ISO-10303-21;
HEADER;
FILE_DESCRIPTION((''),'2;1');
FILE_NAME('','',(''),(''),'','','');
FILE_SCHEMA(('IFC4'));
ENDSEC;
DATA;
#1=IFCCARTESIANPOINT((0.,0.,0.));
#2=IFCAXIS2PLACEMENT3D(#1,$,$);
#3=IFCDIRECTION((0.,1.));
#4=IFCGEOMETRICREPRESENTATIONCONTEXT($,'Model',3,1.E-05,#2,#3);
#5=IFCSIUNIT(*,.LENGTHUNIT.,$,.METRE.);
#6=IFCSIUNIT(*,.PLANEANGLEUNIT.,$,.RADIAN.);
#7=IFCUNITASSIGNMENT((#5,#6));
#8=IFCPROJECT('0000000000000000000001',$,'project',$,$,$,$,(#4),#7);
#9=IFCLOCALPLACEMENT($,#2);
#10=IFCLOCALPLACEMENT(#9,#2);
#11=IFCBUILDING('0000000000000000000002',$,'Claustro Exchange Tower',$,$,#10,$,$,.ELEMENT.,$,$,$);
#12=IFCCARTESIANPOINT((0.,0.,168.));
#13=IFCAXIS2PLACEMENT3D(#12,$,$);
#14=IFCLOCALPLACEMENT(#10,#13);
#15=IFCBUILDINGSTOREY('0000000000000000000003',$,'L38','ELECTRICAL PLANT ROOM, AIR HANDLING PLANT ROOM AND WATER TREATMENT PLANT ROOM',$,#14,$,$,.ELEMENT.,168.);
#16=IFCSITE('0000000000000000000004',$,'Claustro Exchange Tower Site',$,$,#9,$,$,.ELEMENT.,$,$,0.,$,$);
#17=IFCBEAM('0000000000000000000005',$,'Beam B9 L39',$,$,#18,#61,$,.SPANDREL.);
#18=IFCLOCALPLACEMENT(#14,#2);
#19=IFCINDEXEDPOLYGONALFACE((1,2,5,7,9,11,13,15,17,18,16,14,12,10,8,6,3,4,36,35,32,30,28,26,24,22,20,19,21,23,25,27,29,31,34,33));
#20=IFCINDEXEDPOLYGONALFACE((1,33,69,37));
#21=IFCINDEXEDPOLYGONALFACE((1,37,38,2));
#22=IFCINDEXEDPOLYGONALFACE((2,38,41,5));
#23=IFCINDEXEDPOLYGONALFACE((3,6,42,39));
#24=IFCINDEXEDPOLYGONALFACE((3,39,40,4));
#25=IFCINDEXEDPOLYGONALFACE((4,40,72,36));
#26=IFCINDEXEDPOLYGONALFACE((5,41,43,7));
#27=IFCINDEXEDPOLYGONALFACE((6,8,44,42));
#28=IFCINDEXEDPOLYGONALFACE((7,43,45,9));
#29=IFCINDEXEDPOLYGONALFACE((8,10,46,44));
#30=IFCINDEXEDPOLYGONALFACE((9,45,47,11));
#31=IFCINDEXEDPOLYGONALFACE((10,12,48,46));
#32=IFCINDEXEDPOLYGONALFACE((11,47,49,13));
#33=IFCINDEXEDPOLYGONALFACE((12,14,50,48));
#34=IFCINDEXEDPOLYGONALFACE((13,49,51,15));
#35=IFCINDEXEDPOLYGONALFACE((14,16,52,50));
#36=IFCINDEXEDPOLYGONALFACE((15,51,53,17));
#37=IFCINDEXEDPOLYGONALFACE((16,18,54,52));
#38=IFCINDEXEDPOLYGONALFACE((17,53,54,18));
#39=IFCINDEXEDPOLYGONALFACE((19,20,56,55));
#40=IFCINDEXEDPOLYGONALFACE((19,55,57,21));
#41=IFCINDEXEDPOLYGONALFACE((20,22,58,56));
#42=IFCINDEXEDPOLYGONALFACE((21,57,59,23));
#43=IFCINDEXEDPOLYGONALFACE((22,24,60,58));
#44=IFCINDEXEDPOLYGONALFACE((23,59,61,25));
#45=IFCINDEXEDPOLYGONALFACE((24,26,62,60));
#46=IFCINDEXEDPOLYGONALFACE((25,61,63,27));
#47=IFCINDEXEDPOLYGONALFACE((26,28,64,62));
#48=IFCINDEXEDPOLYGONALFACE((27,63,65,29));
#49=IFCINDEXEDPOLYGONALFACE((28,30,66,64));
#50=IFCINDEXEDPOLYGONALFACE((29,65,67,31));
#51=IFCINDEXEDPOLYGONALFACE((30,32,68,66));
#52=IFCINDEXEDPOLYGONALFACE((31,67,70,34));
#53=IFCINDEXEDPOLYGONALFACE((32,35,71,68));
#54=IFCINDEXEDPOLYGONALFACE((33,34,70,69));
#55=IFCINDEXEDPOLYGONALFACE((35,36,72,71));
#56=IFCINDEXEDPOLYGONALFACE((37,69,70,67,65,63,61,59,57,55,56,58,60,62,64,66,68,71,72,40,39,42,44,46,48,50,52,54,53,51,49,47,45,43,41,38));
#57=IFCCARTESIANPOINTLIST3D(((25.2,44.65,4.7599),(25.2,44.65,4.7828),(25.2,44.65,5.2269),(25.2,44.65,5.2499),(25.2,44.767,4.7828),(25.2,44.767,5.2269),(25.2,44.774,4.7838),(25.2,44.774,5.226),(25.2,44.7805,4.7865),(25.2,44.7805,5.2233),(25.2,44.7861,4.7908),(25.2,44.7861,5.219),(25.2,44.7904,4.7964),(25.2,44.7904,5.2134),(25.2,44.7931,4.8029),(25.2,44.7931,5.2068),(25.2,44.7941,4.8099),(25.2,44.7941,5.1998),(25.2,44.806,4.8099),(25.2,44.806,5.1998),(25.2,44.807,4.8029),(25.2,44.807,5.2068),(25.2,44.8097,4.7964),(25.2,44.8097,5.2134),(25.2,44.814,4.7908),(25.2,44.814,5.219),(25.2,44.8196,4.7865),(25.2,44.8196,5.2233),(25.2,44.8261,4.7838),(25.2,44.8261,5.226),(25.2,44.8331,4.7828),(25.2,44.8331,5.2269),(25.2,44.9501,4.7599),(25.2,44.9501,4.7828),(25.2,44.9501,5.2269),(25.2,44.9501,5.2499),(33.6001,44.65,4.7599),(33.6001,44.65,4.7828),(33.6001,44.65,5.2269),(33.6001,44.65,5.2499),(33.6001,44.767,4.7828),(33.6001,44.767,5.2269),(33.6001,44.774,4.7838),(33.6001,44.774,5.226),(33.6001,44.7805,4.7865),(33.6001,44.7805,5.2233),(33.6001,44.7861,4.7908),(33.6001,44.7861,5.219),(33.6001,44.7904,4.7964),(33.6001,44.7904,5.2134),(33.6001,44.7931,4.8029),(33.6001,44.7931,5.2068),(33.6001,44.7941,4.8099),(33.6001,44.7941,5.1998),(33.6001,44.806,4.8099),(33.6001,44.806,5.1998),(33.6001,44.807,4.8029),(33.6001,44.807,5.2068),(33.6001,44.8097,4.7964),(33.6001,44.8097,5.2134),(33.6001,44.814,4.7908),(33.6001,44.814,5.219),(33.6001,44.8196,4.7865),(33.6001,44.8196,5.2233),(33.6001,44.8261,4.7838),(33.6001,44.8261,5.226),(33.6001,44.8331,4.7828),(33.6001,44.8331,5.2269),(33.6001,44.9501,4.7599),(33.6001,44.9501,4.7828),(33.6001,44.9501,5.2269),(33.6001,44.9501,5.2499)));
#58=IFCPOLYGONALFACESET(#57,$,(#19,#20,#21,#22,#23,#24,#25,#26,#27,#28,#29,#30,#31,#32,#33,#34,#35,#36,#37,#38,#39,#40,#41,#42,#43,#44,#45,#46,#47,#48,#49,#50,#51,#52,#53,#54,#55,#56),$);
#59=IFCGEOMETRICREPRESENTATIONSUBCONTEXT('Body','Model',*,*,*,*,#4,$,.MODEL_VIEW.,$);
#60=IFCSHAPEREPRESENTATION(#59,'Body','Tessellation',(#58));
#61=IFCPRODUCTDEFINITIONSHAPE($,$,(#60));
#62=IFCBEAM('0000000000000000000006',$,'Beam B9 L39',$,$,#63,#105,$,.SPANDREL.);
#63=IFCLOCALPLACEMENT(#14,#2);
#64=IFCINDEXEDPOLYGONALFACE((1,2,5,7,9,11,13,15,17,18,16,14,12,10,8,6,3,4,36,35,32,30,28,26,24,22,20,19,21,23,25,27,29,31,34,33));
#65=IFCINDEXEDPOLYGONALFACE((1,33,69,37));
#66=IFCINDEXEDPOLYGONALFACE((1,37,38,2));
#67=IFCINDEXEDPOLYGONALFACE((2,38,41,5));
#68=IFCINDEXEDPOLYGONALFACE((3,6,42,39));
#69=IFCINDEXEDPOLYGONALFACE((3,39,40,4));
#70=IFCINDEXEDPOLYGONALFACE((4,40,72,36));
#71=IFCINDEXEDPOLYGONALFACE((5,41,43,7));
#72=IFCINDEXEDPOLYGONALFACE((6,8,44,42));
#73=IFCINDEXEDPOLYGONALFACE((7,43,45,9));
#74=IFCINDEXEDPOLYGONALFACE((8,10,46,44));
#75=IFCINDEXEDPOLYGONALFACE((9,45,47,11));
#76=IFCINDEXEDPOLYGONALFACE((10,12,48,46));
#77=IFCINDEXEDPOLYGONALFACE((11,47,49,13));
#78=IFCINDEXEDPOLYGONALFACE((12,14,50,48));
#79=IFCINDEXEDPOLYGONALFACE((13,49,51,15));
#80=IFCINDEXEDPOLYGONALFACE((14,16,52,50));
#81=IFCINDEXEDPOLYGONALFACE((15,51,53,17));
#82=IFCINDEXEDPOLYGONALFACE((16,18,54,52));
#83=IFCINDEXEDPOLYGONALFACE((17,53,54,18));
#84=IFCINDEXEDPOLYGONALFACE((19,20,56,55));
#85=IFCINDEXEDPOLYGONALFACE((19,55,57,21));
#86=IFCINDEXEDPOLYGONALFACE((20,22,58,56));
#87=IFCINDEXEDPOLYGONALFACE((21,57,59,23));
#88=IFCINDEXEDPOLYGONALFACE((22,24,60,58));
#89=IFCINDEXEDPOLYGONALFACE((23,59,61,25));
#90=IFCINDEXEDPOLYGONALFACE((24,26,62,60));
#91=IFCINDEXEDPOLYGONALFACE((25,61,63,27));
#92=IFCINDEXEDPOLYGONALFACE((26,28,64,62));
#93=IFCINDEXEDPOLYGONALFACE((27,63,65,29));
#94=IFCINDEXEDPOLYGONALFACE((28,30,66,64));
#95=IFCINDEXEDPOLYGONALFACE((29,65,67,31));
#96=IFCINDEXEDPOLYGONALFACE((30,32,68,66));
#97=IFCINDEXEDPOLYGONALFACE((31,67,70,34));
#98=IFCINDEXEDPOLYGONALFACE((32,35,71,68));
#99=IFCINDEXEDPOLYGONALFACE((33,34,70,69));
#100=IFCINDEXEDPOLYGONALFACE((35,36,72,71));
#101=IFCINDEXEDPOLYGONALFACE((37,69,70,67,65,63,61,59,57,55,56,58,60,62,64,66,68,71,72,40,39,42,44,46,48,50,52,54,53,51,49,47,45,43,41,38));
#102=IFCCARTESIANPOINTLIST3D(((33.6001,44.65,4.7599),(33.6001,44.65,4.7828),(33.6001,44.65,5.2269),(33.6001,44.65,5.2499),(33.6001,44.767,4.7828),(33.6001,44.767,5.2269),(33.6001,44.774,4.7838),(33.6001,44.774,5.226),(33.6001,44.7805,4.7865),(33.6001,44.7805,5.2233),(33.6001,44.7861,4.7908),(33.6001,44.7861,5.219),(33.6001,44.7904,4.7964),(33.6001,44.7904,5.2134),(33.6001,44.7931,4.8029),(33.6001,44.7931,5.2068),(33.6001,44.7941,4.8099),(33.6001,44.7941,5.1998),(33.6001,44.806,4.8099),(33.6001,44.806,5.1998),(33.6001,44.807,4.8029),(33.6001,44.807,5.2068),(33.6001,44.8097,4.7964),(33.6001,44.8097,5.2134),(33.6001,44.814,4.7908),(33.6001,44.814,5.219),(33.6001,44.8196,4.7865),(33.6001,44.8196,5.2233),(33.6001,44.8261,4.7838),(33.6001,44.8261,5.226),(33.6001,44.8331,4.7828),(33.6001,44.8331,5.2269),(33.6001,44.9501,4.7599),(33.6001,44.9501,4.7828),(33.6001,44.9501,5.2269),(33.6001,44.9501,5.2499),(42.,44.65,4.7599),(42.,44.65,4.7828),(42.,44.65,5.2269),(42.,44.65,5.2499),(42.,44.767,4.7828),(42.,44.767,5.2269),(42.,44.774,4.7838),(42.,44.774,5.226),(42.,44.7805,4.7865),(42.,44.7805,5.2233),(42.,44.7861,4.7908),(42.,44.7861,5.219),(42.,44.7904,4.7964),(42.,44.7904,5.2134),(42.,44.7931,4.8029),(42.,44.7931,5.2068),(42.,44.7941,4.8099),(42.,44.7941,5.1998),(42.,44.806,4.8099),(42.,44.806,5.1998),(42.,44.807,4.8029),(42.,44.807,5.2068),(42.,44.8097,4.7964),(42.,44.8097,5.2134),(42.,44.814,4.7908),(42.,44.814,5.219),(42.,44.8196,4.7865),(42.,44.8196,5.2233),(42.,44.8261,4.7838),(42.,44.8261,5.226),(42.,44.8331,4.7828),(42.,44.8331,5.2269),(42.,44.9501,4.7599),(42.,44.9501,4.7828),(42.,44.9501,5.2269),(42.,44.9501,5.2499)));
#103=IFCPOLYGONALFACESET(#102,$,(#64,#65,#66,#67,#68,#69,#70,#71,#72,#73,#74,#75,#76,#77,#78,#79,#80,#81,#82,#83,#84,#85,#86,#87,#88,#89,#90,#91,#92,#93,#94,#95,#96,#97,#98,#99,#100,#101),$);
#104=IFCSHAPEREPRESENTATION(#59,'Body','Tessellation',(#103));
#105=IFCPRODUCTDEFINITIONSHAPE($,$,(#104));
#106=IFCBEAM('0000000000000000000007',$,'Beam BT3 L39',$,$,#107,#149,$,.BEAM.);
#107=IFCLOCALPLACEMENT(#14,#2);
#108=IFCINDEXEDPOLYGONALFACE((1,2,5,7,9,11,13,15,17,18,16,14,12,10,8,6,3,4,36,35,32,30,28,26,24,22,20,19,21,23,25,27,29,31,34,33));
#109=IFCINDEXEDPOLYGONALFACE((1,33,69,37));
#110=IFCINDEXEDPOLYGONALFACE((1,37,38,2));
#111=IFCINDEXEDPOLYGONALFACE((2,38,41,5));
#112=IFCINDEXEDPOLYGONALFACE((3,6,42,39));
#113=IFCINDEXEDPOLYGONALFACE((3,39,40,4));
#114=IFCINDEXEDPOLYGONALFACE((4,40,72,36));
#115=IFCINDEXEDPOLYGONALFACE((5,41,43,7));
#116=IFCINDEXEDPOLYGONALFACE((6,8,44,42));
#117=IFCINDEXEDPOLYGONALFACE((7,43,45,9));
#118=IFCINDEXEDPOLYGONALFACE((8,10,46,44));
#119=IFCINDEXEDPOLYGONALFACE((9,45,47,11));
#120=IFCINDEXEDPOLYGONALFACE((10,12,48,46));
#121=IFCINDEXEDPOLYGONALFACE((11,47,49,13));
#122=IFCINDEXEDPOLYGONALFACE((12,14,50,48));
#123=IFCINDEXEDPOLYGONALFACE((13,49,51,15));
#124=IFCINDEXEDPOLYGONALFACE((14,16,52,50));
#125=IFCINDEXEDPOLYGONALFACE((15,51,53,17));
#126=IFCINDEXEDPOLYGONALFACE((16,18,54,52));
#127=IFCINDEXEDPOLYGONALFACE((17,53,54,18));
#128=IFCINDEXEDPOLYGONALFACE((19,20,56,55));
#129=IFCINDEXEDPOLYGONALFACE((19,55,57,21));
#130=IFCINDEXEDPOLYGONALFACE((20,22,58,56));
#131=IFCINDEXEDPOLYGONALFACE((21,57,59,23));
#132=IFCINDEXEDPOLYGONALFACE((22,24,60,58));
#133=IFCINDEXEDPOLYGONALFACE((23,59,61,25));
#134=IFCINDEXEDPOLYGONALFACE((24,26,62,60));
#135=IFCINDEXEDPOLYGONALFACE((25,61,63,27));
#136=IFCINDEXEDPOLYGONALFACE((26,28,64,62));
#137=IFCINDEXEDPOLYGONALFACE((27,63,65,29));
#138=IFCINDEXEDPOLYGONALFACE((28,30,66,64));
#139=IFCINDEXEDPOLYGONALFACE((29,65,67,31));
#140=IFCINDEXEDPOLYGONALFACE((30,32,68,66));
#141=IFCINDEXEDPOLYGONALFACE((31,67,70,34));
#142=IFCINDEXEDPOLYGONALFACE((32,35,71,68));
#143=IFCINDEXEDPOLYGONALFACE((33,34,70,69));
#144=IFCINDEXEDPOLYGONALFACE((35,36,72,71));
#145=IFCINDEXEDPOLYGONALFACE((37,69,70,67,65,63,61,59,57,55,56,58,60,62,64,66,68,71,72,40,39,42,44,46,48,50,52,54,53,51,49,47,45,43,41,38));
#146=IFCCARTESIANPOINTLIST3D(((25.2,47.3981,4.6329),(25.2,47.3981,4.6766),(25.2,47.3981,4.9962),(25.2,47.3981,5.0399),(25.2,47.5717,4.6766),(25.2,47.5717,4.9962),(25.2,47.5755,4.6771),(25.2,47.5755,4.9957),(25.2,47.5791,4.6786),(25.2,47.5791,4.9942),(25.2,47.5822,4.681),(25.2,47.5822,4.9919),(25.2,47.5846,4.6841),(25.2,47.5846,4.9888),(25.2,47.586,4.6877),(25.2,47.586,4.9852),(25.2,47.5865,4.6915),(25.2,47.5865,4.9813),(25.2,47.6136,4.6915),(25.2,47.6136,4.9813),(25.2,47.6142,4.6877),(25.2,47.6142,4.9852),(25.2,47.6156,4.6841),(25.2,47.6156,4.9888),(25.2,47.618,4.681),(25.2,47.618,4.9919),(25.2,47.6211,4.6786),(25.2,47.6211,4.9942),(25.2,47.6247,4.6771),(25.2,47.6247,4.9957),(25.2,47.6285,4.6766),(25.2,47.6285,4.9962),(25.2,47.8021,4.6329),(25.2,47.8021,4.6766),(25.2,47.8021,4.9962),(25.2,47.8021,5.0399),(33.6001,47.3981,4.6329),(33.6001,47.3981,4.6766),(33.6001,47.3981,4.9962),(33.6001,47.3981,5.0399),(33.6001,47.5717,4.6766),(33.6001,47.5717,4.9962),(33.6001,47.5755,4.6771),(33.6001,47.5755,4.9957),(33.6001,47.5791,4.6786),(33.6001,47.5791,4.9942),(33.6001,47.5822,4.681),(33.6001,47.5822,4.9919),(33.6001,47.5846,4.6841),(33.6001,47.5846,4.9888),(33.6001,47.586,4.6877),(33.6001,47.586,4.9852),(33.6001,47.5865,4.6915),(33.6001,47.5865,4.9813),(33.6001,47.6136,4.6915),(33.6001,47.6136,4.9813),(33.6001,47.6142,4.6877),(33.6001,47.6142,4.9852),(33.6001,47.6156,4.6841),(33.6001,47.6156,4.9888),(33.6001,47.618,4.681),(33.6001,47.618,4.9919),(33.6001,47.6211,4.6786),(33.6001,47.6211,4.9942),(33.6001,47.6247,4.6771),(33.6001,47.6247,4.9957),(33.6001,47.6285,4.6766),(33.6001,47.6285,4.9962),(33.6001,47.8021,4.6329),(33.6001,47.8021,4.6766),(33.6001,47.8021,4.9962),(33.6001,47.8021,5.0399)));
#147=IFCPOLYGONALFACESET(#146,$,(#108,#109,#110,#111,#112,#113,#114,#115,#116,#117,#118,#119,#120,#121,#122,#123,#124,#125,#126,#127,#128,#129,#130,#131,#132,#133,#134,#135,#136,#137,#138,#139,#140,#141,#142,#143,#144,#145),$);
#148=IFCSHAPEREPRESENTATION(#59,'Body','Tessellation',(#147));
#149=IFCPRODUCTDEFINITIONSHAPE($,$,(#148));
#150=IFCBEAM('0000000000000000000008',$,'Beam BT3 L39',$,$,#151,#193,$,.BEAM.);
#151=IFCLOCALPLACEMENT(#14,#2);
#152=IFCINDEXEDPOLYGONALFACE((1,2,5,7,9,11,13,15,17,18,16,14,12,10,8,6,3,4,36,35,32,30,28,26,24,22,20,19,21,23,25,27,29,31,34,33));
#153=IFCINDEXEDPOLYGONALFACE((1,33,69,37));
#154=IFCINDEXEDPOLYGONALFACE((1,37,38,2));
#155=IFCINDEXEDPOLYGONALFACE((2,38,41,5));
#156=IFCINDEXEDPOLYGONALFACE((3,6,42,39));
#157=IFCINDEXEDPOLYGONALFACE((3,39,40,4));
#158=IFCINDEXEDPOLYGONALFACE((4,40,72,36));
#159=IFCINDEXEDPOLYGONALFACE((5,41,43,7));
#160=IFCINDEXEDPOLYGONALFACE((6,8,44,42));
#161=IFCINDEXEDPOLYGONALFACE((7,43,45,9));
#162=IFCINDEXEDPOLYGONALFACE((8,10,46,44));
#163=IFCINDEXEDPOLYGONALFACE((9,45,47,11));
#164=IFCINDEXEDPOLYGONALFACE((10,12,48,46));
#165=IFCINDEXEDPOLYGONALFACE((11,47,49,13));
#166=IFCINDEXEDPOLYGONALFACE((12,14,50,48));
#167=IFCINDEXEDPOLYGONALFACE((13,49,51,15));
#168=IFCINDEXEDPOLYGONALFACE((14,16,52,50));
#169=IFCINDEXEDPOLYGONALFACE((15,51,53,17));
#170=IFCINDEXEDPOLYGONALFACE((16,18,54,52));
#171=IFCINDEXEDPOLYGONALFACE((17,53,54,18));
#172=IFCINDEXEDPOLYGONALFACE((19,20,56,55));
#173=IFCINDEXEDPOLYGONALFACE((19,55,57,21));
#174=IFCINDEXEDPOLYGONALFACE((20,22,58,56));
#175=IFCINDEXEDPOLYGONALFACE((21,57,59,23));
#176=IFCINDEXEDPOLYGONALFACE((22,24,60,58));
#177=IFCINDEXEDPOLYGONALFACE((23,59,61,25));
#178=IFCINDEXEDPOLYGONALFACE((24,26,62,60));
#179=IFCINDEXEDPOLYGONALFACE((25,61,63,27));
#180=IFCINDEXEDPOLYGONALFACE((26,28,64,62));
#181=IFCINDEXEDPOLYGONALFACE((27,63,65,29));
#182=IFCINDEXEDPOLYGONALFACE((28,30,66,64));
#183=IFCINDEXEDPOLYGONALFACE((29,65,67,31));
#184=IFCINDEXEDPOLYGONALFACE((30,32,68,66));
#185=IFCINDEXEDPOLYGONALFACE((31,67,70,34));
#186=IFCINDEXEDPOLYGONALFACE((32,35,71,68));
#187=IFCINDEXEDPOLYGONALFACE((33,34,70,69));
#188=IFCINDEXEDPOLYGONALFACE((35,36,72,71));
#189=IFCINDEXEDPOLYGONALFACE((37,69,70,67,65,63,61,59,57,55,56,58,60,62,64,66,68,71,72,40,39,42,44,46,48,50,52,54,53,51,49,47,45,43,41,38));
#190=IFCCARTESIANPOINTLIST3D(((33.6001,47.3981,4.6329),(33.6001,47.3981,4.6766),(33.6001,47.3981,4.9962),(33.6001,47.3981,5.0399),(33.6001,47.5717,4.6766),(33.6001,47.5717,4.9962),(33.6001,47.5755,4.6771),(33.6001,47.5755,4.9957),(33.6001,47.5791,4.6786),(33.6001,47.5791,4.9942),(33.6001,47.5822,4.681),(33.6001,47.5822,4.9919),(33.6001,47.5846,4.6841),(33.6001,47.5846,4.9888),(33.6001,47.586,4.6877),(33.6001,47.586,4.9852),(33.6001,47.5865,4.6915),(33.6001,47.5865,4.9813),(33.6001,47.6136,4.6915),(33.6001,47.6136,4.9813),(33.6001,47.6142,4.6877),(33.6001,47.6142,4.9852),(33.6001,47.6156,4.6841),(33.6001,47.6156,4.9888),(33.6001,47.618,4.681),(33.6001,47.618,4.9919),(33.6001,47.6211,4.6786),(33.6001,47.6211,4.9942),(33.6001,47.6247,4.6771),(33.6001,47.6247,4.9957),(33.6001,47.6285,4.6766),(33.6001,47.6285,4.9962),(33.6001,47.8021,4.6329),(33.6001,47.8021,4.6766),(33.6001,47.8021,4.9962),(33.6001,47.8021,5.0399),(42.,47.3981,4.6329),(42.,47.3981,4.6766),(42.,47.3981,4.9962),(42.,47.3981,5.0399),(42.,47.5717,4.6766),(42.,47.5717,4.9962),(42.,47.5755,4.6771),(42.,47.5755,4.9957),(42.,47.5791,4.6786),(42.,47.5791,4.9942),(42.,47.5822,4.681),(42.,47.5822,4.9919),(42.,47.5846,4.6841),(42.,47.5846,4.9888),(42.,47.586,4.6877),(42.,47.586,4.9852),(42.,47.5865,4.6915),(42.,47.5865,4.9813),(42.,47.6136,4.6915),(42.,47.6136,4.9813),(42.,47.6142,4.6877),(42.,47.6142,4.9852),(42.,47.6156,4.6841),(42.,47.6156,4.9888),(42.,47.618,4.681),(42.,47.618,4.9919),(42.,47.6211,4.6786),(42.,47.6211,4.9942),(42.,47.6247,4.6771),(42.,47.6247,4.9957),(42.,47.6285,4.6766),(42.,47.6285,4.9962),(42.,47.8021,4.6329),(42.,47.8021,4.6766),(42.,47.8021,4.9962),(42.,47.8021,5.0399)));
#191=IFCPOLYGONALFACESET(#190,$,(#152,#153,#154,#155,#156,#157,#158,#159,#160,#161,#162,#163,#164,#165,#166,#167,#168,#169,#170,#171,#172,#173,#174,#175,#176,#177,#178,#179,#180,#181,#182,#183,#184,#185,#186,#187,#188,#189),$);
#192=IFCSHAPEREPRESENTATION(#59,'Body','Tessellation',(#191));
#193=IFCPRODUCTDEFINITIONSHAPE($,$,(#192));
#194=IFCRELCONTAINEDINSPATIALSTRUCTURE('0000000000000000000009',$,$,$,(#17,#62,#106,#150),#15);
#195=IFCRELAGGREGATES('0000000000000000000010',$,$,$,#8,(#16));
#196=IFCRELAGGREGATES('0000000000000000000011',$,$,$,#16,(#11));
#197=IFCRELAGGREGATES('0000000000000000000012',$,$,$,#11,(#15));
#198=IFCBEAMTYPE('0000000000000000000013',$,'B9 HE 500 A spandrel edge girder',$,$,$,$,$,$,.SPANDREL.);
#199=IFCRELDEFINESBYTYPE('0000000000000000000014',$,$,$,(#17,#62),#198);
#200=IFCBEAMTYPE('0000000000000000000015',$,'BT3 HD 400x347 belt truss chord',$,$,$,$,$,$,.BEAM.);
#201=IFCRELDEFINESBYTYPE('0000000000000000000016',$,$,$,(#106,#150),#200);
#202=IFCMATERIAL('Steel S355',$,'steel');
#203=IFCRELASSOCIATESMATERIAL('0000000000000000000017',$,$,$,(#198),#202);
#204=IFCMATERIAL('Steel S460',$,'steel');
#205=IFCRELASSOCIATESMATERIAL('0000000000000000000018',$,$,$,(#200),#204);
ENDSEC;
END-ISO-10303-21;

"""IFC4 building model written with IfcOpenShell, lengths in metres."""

from ifc_helpers import new_model, si_unit, direction, frame, origin, origin_2d, place, context, subcontext, project, spatial, i_section, extrude, material, material_profile, profile_set, type_object, element, save


model = new_model("IFC4")

# Units and contexts
model_context = context("Model", 3, precision=1e-05, world=origin(), true_north=direction((0.0, 1.0)))
body_context = subcontext(model_context, "Body", "Model", "MODEL_VIEW")
ifc_project = project(units=[si_unit("LENGTHUNIT", "METRE"), si_unit("PLANEANGLEUNIT", "RADIAN")], contexts=[model_context])

# Site, building, storey
site_placement = place(None, origin())
site = spatial("IfcSite", under=ifc_project, at=site_placement, Name="Claustro Exchange Tower Site", CompositionType="ELEMENT", RefElevation=0.0)
building_placement = place(site_placement, origin())
building = spatial("IfcBuilding", under=site, at=building_placement, Name="Claustro Exchange Tower", CompositionType="ELEMENT")
storey_placement = place(building_placement, frame((0.0, 0.0, 168.0)))
storey = spatial("IfcBuildingStorey", under=building, at=storey_placement, Name="L38", Description="ELECTRICAL PLANT ROOM, AIR HANDLING PLANT ROOM AND WATER TREATMENT PLANT ROOM", CompositionType="ELEMENT", Elevation=168.0)

# Beams
ifc_material_1 = material(Name="Steel S355", Category="steel")
ifc_material_profile_1 = material_profile(ifc_material_1, i_section(OverallWidth=0.3, OverallDepth=0.49, WebThickness=0.012, FlangeThickness=0.0229, FilletRadius=0.0271, at=origin_2d()), Name="HE 500 A")
ifc_profile_set_1 = profile_set([ifc_material_profile_1], Name="Steel S355")
beam_type_1 = type_object("IfcBeamType", Name="B9 HE 500 A spandrel edge girder", PredefinedType="SPANDREL", material=ifc_profile_set_1)
beam_1_placement = place(storey_placement, frame((25.2, 44.8, 5.0049), z_axis=(1.0, 0.0, 0.0), x_axis=(0.0, 1.0, 0.0)))
element("IfcBeam", 1, at=beam_1_placement, inside=storey, type_object=beam_type_1, Name="Beam B9 L39", PredefinedType="SPANDREL", context=body_context, shape_type="SweptSolid", body=[
    extrude(i_section(OverallWidth=0.3, OverallDepth=0.49, WebThickness=0.012, FlangeThickness=0.0229, FilletRadius=0.0271, at=origin_2d()), origin(), (0.0, 0.0, 1.0), 8.4001),
])
beam_2_placement = place(storey_placement, frame((33.6001, 44.8, 5.0049), z_axis=(1.0, 0.0, 0.0), x_axis=(0.0, 1.0, 0.0)))
element("IfcBeam", 2, at=beam_2_placement, inside=storey, type_object=beam_type_1, Name="Beam B9 L39", PredefinedType="SPANDREL", context=body_context, shape_type="SweptSolid", body=[
    extrude(i_section(OverallWidth=0.3, OverallDepth=0.49, WebThickness=0.012, FlangeThickness=0.0229, FilletRadius=0.0271, at=origin_2d()), origin(), (0.0, 0.0, 1.0), 8.3999),
])
ifc_material_2 = material(Name="Steel S460", Category="steel")
ifc_material_profile_2 = material_profile(ifc_material_2, i_section(OverallWidth=0.4041, OverallDepth=0.407, WebThickness=0.0271, FlangeThickness=0.0437, FilletRadius=0.0149, at=origin_2d()), Name="HD 400x347")
ifc_profile_set_2 = profile_set([ifc_material_profile_2], Name="Steel S460")
beam_type_2 = type_object("IfcBeamType", Name="BT3 HD 400x347 belt truss chord", PredefinedType="BEAM", material=ifc_profile_set_2)
beam_3_placement = place(storey_placement, frame((25.2, 47.6001, 4.8364), z_axis=(1.0, 0.0, 0.0), x_axis=(0.0, 1.0, 0.0)))
element("IfcBeam", 3, at=beam_3_placement, inside=storey, type_object=beam_type_2, Name="Beam BT3 L39", PredefinedType="BEAM", context=body_context, shape_type="SweptSolid", body=[
    extrude(i_section(OverallWidth=0.4041, OverallDepth=0.407, WebThickness=0.0271, FlangeThickness=0.0437, FilletRadius=0.0149, at=origin_2d()), origin(), (0.0, 0.0, 1.0), 8.4001),
])
beam_4_placement = place(storey_placement, frame((33.6001, 47.6001, 4.8364), z_axis=(1.0, 0.0, 0.0), x_axis=(0.0, 1.0, 0.0)))
element("IfcBeam", 4, at=beam_4_placement, inside=storey, type_object=beam_type_2, Name="Beam BT3 L39", PredefinedType="BEAM", context=body_context, shape_type="SweptSolid", body=[
    extrude(i_section(OverallWidth=0.4041, OverallDepth=0.407, WebThickness=0.0271, FlangeThickness=0.0437, FilletRadius=0.0149, at=origin_2d()), origin(), (0.0, 0.0, 1.0), 8.3999),
])

save(model, "model.ifc")
